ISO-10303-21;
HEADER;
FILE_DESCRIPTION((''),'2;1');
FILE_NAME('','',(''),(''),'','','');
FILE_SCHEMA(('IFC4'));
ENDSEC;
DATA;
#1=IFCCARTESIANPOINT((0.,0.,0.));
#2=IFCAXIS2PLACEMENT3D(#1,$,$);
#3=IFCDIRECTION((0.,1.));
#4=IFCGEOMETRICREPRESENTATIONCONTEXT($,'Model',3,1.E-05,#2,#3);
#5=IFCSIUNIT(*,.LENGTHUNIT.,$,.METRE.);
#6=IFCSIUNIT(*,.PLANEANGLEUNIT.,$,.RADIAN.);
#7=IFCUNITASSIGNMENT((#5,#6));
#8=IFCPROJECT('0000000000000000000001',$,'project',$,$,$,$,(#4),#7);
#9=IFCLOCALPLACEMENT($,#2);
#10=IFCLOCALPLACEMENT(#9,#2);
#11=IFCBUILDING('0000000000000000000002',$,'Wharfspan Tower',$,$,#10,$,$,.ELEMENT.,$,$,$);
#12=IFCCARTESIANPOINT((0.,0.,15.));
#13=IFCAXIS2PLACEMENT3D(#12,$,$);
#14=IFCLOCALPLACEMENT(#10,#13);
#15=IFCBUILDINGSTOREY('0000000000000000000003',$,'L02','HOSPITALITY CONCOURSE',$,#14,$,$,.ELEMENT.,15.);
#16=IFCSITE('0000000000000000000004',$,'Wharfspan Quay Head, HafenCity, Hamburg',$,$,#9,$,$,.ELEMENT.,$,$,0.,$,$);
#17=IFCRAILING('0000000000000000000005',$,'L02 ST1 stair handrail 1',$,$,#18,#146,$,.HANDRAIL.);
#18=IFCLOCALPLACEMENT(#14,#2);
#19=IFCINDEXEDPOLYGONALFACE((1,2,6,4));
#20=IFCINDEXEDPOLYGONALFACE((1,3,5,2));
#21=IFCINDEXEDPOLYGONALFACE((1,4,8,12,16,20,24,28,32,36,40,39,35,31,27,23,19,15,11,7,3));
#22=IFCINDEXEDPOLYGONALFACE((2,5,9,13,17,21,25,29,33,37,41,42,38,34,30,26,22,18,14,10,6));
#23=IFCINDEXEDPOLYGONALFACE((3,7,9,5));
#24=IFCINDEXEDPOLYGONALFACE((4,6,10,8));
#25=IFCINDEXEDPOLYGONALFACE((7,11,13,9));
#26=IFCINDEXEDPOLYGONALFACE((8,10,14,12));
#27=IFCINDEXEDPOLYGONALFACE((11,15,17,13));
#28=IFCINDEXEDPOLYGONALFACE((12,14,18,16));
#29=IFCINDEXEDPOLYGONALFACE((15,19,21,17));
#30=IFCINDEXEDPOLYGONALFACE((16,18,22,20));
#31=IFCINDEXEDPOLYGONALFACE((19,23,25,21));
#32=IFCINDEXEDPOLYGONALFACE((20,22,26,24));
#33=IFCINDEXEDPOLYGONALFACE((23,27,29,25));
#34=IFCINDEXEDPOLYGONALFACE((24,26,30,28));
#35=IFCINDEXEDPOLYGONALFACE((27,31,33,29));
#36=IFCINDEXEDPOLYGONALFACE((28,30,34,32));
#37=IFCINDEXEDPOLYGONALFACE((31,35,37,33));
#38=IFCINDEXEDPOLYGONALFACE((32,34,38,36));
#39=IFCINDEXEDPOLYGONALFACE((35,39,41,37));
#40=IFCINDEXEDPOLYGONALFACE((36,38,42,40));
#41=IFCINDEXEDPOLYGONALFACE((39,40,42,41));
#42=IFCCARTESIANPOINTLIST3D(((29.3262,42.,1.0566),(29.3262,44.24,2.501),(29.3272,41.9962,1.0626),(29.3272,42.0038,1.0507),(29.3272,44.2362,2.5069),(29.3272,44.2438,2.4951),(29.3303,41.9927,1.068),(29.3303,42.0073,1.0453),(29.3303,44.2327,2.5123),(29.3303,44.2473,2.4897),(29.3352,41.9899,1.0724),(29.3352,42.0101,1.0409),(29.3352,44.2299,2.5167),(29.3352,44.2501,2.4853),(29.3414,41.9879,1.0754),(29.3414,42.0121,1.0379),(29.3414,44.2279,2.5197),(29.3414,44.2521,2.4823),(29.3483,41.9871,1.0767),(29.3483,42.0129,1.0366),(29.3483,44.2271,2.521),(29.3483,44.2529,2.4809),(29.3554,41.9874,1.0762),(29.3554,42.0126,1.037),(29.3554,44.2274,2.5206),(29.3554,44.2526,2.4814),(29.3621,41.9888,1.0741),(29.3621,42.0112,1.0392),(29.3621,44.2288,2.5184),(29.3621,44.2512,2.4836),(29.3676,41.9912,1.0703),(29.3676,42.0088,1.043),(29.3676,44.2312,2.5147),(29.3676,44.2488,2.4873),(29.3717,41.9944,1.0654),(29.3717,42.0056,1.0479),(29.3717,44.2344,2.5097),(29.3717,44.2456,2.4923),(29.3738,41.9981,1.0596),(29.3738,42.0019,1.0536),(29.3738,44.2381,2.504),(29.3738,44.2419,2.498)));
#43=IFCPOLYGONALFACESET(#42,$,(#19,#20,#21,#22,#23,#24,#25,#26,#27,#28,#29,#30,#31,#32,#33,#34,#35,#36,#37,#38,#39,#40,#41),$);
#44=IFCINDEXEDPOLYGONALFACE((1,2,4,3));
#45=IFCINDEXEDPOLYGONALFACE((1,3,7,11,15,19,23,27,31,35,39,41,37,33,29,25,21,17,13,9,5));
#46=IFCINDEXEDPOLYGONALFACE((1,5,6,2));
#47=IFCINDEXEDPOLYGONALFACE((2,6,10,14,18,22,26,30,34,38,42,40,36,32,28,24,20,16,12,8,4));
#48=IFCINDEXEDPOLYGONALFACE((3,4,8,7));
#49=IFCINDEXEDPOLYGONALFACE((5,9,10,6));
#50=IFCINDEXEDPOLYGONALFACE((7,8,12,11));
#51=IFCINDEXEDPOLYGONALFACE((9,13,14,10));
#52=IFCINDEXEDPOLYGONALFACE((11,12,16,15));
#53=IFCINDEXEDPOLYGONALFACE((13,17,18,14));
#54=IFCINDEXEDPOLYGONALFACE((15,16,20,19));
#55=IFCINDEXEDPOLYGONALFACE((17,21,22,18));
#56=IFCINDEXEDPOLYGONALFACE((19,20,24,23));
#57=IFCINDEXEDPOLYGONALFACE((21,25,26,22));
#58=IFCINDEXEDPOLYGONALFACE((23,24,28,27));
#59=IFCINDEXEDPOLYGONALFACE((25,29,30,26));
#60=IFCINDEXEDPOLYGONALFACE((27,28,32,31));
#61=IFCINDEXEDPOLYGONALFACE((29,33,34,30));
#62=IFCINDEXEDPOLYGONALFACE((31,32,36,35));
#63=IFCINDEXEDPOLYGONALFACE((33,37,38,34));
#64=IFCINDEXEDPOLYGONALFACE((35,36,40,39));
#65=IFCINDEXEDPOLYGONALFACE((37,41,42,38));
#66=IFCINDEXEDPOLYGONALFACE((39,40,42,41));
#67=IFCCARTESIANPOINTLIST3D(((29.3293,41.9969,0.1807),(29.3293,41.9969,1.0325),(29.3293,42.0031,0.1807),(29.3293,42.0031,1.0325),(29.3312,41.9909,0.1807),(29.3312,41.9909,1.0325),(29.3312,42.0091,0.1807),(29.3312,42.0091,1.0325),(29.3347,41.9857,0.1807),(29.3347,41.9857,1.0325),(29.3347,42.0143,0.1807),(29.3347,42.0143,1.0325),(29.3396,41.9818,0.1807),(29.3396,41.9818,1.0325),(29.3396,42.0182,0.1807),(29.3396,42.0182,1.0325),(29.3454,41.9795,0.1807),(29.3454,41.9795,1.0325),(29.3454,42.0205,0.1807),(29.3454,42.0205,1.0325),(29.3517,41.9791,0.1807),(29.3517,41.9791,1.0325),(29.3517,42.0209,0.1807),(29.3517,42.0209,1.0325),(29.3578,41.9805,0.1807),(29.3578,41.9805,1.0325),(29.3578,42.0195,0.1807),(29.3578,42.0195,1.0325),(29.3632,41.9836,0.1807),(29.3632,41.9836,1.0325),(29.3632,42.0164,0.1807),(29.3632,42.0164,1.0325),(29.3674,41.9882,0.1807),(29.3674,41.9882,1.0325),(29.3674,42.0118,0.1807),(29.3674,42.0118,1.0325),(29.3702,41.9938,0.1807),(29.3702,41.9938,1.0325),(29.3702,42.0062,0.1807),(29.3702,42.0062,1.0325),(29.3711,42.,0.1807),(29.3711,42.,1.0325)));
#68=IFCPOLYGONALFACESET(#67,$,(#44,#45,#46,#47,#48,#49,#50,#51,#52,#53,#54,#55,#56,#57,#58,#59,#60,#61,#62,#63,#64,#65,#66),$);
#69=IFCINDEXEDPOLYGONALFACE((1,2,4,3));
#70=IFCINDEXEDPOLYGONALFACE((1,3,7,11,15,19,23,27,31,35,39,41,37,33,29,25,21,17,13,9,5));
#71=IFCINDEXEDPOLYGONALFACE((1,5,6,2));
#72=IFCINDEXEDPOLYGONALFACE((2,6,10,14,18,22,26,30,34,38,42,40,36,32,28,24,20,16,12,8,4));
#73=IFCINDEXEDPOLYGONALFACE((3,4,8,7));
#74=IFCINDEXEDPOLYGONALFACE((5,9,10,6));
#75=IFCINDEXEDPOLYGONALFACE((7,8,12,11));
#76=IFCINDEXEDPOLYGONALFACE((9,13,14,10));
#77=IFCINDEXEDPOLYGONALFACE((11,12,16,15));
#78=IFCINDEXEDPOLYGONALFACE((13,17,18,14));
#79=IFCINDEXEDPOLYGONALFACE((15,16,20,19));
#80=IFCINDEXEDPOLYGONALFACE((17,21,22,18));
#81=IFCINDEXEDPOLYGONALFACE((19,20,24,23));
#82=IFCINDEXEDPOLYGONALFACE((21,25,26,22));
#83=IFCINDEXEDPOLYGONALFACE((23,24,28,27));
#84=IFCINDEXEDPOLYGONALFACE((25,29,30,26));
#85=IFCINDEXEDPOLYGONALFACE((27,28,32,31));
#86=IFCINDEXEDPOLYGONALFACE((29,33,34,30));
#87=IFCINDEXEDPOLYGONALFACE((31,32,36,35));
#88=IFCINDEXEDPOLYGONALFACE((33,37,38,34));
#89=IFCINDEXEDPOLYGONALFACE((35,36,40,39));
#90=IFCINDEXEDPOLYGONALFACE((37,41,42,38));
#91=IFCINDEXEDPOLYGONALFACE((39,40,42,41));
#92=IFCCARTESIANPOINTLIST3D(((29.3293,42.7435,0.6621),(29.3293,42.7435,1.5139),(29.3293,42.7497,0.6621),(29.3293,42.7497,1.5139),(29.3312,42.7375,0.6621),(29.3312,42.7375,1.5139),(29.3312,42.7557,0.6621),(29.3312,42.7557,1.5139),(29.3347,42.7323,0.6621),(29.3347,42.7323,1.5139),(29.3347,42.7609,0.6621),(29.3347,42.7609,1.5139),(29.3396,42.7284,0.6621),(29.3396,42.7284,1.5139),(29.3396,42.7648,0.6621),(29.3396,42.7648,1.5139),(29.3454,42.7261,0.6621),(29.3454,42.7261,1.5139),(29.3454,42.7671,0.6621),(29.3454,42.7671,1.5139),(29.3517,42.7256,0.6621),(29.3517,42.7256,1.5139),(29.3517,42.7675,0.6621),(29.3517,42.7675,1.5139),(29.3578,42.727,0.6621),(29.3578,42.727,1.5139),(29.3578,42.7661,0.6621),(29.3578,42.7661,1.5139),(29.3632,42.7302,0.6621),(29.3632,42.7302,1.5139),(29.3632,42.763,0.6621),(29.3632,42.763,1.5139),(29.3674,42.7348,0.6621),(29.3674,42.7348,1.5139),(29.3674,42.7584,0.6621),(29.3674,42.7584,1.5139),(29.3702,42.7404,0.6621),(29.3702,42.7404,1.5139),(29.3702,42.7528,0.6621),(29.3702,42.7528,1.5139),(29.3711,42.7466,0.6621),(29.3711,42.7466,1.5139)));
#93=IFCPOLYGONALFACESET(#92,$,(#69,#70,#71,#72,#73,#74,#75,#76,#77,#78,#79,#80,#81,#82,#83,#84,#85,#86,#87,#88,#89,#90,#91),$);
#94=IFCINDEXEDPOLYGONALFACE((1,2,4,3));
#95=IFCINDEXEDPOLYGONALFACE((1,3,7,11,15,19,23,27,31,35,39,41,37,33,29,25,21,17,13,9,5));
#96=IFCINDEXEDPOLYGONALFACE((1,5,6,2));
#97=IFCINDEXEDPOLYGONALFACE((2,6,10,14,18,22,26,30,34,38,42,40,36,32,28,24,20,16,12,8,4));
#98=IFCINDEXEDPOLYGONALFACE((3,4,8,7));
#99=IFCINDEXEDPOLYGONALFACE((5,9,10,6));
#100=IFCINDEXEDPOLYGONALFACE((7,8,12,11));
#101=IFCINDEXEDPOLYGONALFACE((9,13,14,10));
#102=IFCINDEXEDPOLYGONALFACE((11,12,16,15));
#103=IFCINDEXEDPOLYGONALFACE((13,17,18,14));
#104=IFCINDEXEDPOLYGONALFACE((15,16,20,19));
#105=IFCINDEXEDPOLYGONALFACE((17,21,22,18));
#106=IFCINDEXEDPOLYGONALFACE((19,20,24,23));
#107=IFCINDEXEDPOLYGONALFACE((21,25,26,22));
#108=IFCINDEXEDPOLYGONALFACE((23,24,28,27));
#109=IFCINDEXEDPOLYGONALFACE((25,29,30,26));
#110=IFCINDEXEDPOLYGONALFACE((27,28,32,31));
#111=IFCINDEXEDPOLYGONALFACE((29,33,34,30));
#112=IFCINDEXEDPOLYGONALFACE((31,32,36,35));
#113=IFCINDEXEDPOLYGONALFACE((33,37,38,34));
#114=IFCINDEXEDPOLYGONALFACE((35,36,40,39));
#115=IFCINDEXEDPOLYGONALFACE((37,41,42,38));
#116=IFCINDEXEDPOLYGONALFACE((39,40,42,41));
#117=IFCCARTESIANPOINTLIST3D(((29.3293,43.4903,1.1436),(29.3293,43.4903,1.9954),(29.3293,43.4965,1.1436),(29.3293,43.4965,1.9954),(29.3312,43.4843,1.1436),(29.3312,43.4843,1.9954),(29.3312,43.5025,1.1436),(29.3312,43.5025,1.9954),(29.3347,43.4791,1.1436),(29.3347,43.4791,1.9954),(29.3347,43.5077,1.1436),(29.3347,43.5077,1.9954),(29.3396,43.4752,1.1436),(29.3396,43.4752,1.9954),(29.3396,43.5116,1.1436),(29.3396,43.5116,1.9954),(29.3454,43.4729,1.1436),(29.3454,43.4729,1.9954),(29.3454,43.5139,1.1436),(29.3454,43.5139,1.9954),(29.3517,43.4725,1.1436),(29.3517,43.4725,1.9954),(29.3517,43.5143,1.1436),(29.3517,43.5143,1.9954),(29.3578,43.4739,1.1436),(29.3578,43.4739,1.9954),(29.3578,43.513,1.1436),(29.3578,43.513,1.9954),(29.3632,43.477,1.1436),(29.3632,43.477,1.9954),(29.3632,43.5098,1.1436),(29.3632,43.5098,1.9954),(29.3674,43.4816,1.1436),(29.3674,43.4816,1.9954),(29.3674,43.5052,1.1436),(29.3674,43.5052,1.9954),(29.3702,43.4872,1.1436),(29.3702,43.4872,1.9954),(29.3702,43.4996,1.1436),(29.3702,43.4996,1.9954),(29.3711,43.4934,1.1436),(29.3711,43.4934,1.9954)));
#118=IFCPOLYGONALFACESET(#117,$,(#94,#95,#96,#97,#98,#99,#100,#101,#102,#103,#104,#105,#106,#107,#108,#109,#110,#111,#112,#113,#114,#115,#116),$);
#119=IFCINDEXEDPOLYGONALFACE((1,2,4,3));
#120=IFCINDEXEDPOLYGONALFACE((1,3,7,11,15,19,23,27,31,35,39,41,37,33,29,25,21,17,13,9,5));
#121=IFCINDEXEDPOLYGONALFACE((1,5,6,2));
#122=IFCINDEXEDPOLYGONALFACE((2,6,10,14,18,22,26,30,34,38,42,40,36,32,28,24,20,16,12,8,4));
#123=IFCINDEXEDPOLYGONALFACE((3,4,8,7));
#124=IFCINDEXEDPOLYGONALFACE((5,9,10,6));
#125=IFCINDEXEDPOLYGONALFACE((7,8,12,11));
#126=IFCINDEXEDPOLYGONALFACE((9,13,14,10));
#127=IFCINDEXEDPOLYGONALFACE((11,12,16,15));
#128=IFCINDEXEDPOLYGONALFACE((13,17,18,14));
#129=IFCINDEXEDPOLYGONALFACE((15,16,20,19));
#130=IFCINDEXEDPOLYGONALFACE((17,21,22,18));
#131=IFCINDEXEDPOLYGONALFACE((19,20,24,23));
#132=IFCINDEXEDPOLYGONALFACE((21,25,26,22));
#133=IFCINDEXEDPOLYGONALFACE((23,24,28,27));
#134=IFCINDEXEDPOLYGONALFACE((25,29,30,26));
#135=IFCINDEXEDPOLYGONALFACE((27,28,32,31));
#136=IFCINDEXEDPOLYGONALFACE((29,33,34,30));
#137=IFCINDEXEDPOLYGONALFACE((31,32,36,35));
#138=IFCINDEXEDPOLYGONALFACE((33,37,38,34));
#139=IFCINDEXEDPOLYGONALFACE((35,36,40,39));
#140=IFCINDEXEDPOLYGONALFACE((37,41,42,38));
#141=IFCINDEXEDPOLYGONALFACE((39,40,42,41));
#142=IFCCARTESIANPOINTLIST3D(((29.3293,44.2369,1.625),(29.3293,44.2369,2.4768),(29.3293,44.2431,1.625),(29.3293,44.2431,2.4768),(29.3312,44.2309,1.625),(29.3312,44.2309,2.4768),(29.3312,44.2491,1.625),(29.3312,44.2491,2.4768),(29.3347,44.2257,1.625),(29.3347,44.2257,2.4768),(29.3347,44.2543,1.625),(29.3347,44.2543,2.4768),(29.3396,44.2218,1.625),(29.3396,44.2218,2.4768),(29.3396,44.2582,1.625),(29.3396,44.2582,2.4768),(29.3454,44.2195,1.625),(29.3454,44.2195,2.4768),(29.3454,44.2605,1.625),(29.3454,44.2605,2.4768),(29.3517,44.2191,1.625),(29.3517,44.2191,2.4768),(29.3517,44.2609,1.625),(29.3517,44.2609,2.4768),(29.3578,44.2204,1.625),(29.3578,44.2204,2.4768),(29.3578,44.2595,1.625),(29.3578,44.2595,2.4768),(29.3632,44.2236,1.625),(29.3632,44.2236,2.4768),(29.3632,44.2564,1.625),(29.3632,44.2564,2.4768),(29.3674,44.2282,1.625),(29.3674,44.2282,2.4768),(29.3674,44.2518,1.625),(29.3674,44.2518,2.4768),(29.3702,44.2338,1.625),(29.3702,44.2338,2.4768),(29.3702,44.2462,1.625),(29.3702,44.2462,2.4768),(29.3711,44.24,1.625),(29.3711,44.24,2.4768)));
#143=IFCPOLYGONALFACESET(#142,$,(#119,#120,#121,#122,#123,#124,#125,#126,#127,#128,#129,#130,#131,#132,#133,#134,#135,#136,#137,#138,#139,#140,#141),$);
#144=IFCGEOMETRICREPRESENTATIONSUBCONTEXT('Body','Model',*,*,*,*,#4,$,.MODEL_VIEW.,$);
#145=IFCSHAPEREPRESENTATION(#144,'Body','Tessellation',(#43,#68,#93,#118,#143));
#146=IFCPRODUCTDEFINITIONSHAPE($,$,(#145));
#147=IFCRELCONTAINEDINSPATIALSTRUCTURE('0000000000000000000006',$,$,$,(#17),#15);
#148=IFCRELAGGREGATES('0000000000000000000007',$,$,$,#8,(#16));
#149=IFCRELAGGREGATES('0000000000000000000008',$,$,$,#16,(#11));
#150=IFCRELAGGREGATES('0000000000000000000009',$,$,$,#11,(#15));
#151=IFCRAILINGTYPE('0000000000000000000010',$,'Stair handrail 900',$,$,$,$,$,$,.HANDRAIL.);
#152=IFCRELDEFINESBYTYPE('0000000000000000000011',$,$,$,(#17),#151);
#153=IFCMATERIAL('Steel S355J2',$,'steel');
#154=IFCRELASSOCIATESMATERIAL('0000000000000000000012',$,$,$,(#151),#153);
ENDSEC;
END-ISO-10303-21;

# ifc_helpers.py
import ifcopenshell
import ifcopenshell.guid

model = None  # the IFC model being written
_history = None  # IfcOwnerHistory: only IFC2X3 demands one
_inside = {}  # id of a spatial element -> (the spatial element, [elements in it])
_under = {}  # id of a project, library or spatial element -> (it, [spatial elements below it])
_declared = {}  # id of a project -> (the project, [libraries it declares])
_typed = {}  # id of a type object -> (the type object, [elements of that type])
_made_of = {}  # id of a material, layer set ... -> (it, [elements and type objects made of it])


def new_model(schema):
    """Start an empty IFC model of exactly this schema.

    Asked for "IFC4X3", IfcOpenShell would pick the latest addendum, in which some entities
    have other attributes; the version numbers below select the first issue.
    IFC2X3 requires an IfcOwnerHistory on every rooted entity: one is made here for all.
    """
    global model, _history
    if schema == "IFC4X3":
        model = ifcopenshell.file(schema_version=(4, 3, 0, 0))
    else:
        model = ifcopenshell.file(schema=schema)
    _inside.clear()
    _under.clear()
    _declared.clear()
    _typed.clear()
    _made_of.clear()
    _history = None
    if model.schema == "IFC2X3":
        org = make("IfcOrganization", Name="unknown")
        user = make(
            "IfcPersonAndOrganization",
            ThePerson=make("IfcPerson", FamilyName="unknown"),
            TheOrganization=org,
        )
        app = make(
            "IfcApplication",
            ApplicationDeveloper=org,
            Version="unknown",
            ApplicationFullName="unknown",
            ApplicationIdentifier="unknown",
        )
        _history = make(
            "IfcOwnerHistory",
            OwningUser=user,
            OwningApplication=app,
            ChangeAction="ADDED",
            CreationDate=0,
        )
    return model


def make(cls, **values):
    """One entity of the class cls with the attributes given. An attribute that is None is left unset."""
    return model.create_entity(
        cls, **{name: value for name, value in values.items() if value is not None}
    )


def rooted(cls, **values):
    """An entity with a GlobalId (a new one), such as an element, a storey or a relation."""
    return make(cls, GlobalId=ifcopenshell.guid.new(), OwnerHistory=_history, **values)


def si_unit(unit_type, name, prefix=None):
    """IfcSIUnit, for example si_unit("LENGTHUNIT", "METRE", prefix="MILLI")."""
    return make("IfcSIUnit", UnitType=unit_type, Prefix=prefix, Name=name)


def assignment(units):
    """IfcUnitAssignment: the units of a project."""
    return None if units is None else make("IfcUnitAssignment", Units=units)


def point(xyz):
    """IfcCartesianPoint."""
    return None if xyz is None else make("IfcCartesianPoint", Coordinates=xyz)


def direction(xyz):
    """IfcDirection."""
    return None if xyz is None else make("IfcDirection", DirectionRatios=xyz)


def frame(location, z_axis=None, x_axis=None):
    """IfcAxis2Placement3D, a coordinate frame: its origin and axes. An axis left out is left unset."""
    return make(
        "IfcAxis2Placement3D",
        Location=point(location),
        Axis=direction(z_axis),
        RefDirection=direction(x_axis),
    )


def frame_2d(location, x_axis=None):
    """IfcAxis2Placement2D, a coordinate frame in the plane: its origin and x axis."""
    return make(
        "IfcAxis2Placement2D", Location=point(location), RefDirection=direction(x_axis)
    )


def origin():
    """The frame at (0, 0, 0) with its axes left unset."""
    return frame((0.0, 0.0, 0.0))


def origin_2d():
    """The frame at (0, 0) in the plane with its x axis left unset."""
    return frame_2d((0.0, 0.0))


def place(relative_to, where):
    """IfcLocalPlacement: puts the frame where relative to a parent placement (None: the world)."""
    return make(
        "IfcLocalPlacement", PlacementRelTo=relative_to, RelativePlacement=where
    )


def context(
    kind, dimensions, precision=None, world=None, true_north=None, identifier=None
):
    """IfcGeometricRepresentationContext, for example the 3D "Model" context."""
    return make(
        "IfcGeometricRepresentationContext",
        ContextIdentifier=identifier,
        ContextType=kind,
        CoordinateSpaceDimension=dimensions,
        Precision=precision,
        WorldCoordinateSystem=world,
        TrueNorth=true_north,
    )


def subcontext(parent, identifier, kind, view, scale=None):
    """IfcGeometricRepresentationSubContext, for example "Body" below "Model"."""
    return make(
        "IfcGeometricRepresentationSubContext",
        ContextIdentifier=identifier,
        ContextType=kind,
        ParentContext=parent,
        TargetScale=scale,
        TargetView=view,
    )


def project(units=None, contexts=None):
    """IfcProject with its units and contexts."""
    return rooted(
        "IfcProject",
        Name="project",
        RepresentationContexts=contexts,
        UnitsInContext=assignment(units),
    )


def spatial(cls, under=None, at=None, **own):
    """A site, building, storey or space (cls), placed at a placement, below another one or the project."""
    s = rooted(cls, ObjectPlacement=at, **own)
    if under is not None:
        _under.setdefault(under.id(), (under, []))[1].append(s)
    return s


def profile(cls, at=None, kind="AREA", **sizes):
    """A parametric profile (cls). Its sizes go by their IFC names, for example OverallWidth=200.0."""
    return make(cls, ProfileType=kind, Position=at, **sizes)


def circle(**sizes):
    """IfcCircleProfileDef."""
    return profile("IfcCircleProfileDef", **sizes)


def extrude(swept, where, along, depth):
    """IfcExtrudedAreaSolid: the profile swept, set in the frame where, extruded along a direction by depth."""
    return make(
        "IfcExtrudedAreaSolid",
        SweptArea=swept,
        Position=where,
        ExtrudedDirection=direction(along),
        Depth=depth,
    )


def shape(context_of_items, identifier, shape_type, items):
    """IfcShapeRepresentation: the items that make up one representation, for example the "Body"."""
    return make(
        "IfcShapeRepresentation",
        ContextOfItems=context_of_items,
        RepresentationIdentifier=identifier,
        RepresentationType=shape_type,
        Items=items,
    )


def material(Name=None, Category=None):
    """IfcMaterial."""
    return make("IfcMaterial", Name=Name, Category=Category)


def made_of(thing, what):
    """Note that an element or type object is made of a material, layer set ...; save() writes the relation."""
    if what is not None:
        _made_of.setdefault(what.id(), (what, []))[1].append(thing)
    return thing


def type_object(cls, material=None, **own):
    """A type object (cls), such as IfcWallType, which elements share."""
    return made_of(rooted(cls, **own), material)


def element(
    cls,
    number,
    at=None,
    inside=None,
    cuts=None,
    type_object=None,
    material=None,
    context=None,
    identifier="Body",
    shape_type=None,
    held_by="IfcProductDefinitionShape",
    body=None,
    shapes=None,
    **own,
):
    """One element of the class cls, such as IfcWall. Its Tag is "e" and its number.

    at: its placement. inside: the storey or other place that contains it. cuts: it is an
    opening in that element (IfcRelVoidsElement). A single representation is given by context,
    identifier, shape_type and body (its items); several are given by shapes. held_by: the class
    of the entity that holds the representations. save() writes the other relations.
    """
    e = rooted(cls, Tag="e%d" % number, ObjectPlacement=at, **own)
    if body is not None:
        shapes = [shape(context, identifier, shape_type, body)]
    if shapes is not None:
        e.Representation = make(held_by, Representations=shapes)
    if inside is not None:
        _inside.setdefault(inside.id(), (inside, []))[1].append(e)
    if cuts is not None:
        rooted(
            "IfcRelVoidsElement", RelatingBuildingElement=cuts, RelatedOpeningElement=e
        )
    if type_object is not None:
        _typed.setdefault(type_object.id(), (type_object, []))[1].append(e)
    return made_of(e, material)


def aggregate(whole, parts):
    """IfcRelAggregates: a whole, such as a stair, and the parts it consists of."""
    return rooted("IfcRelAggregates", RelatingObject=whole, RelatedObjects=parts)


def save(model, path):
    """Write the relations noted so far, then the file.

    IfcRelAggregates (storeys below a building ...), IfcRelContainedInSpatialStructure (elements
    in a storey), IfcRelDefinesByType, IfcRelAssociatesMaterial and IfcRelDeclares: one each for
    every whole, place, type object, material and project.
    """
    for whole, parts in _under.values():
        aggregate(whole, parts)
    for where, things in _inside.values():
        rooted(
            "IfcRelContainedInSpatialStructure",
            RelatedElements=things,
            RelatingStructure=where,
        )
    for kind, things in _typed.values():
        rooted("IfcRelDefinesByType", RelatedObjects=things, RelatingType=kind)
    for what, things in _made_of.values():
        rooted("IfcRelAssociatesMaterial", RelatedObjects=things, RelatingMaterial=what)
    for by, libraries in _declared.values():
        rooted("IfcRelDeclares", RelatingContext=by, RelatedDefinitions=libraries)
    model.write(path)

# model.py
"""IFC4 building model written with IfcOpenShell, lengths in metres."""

from ifc_helpers import new_model, si_unit, direction, frame, origin, origin_2d, place, context, subcontext, project, spatial, circle, extrude, material, type_object, element, save


model = new_model("IFC4")

# Units and contexts
model_context = context("Model", 3, precision=1e-05, world=origin(), true_north=direction((0.0, 1.0)))
body_context = subcontext(model_context, "Body", "Model", "MODEL_VIEW")
ifc_project = project(units=[si_unit("LENGTHUNIT", "METRE"), si_unit("PLANEANGLEUNIT", "RADIAN")], contexts=[model_context])

# Site, building, storey
site_placement = place(None, origin())
site = spatial("IfcSite", under=ifc_project, at=site_placement, Name="Wharfspan Quay Head, HafenCity, Hamburg", CompositionType="ELEMENT", RefElevation=0.0)
building_placement = place(site_placement, origin())
building = spatial("IfcBuilding", under=site, at=building_placement, Name="Wharfspan Tower", CompositionType="ELEMENT")
storey_placement = place(building_placement, frame((0.0, 0.0, 15.0)))
storey = spatial("IfcBuildingStorey", under=building, at=storey_placement, Name="L02", Description="HOSPITALITY CONCOURSE", CompositionType="ELEMENT", Elevation=15.0)

# Railing
ifc_material_1 = material(Name="Steel S355J2", Category="steel")
railing_type_1 = type_object("IfcRailingType", Name="Stair handrail 900", PredefinedType="HANDRAIL", material=ifc_material_1)
for number, where, name in (
    (1, (29.3501, 42.0, 0.1807), "L02 ST1 stair handrail 1"),
):
    element("IfcRailing", number, at=place(storey_placement, frame(where)), inside=storey, type_object=railing_type_1, Name=name, PredefinedType="HANDRAIL", context=body_context, shape_type="SweptSolid", body=[
        extrude(circle(Radius=0.0239, at=origin_2d()), frame((0.0, 0.0, 0.876), z_axis=(0.0, 0.840437, 0.54191), x_axis=(-1.0, 0.0, 0.0)), (0.0, 0.0, 1.0), 2.6653),
        extrude(circle(Radius=0.021, at=origin_2d()), origin(), (0.0, 0.0, 1.0), 0.8518),
        extrude(circle(Radius=0.021, at=origin_2d()), frame((0.0, 0.7466, 0.4814)), (0.0, 0.0, 1.0), 0.8518),
        extrude(circle(Radius=0.021, at=origin_2d()), frame((0.0, 1.4934, 0.9629)), (0.0, 0.0, 1.0), 0.8518),
        extrude(circle(Radius=0.021, at=origin_2d()), frame((0.0, 2.24, 1.4443)), (0.0, 0.0, 1.0), 0.8518),
    ])

save(model, "model.ifc")
